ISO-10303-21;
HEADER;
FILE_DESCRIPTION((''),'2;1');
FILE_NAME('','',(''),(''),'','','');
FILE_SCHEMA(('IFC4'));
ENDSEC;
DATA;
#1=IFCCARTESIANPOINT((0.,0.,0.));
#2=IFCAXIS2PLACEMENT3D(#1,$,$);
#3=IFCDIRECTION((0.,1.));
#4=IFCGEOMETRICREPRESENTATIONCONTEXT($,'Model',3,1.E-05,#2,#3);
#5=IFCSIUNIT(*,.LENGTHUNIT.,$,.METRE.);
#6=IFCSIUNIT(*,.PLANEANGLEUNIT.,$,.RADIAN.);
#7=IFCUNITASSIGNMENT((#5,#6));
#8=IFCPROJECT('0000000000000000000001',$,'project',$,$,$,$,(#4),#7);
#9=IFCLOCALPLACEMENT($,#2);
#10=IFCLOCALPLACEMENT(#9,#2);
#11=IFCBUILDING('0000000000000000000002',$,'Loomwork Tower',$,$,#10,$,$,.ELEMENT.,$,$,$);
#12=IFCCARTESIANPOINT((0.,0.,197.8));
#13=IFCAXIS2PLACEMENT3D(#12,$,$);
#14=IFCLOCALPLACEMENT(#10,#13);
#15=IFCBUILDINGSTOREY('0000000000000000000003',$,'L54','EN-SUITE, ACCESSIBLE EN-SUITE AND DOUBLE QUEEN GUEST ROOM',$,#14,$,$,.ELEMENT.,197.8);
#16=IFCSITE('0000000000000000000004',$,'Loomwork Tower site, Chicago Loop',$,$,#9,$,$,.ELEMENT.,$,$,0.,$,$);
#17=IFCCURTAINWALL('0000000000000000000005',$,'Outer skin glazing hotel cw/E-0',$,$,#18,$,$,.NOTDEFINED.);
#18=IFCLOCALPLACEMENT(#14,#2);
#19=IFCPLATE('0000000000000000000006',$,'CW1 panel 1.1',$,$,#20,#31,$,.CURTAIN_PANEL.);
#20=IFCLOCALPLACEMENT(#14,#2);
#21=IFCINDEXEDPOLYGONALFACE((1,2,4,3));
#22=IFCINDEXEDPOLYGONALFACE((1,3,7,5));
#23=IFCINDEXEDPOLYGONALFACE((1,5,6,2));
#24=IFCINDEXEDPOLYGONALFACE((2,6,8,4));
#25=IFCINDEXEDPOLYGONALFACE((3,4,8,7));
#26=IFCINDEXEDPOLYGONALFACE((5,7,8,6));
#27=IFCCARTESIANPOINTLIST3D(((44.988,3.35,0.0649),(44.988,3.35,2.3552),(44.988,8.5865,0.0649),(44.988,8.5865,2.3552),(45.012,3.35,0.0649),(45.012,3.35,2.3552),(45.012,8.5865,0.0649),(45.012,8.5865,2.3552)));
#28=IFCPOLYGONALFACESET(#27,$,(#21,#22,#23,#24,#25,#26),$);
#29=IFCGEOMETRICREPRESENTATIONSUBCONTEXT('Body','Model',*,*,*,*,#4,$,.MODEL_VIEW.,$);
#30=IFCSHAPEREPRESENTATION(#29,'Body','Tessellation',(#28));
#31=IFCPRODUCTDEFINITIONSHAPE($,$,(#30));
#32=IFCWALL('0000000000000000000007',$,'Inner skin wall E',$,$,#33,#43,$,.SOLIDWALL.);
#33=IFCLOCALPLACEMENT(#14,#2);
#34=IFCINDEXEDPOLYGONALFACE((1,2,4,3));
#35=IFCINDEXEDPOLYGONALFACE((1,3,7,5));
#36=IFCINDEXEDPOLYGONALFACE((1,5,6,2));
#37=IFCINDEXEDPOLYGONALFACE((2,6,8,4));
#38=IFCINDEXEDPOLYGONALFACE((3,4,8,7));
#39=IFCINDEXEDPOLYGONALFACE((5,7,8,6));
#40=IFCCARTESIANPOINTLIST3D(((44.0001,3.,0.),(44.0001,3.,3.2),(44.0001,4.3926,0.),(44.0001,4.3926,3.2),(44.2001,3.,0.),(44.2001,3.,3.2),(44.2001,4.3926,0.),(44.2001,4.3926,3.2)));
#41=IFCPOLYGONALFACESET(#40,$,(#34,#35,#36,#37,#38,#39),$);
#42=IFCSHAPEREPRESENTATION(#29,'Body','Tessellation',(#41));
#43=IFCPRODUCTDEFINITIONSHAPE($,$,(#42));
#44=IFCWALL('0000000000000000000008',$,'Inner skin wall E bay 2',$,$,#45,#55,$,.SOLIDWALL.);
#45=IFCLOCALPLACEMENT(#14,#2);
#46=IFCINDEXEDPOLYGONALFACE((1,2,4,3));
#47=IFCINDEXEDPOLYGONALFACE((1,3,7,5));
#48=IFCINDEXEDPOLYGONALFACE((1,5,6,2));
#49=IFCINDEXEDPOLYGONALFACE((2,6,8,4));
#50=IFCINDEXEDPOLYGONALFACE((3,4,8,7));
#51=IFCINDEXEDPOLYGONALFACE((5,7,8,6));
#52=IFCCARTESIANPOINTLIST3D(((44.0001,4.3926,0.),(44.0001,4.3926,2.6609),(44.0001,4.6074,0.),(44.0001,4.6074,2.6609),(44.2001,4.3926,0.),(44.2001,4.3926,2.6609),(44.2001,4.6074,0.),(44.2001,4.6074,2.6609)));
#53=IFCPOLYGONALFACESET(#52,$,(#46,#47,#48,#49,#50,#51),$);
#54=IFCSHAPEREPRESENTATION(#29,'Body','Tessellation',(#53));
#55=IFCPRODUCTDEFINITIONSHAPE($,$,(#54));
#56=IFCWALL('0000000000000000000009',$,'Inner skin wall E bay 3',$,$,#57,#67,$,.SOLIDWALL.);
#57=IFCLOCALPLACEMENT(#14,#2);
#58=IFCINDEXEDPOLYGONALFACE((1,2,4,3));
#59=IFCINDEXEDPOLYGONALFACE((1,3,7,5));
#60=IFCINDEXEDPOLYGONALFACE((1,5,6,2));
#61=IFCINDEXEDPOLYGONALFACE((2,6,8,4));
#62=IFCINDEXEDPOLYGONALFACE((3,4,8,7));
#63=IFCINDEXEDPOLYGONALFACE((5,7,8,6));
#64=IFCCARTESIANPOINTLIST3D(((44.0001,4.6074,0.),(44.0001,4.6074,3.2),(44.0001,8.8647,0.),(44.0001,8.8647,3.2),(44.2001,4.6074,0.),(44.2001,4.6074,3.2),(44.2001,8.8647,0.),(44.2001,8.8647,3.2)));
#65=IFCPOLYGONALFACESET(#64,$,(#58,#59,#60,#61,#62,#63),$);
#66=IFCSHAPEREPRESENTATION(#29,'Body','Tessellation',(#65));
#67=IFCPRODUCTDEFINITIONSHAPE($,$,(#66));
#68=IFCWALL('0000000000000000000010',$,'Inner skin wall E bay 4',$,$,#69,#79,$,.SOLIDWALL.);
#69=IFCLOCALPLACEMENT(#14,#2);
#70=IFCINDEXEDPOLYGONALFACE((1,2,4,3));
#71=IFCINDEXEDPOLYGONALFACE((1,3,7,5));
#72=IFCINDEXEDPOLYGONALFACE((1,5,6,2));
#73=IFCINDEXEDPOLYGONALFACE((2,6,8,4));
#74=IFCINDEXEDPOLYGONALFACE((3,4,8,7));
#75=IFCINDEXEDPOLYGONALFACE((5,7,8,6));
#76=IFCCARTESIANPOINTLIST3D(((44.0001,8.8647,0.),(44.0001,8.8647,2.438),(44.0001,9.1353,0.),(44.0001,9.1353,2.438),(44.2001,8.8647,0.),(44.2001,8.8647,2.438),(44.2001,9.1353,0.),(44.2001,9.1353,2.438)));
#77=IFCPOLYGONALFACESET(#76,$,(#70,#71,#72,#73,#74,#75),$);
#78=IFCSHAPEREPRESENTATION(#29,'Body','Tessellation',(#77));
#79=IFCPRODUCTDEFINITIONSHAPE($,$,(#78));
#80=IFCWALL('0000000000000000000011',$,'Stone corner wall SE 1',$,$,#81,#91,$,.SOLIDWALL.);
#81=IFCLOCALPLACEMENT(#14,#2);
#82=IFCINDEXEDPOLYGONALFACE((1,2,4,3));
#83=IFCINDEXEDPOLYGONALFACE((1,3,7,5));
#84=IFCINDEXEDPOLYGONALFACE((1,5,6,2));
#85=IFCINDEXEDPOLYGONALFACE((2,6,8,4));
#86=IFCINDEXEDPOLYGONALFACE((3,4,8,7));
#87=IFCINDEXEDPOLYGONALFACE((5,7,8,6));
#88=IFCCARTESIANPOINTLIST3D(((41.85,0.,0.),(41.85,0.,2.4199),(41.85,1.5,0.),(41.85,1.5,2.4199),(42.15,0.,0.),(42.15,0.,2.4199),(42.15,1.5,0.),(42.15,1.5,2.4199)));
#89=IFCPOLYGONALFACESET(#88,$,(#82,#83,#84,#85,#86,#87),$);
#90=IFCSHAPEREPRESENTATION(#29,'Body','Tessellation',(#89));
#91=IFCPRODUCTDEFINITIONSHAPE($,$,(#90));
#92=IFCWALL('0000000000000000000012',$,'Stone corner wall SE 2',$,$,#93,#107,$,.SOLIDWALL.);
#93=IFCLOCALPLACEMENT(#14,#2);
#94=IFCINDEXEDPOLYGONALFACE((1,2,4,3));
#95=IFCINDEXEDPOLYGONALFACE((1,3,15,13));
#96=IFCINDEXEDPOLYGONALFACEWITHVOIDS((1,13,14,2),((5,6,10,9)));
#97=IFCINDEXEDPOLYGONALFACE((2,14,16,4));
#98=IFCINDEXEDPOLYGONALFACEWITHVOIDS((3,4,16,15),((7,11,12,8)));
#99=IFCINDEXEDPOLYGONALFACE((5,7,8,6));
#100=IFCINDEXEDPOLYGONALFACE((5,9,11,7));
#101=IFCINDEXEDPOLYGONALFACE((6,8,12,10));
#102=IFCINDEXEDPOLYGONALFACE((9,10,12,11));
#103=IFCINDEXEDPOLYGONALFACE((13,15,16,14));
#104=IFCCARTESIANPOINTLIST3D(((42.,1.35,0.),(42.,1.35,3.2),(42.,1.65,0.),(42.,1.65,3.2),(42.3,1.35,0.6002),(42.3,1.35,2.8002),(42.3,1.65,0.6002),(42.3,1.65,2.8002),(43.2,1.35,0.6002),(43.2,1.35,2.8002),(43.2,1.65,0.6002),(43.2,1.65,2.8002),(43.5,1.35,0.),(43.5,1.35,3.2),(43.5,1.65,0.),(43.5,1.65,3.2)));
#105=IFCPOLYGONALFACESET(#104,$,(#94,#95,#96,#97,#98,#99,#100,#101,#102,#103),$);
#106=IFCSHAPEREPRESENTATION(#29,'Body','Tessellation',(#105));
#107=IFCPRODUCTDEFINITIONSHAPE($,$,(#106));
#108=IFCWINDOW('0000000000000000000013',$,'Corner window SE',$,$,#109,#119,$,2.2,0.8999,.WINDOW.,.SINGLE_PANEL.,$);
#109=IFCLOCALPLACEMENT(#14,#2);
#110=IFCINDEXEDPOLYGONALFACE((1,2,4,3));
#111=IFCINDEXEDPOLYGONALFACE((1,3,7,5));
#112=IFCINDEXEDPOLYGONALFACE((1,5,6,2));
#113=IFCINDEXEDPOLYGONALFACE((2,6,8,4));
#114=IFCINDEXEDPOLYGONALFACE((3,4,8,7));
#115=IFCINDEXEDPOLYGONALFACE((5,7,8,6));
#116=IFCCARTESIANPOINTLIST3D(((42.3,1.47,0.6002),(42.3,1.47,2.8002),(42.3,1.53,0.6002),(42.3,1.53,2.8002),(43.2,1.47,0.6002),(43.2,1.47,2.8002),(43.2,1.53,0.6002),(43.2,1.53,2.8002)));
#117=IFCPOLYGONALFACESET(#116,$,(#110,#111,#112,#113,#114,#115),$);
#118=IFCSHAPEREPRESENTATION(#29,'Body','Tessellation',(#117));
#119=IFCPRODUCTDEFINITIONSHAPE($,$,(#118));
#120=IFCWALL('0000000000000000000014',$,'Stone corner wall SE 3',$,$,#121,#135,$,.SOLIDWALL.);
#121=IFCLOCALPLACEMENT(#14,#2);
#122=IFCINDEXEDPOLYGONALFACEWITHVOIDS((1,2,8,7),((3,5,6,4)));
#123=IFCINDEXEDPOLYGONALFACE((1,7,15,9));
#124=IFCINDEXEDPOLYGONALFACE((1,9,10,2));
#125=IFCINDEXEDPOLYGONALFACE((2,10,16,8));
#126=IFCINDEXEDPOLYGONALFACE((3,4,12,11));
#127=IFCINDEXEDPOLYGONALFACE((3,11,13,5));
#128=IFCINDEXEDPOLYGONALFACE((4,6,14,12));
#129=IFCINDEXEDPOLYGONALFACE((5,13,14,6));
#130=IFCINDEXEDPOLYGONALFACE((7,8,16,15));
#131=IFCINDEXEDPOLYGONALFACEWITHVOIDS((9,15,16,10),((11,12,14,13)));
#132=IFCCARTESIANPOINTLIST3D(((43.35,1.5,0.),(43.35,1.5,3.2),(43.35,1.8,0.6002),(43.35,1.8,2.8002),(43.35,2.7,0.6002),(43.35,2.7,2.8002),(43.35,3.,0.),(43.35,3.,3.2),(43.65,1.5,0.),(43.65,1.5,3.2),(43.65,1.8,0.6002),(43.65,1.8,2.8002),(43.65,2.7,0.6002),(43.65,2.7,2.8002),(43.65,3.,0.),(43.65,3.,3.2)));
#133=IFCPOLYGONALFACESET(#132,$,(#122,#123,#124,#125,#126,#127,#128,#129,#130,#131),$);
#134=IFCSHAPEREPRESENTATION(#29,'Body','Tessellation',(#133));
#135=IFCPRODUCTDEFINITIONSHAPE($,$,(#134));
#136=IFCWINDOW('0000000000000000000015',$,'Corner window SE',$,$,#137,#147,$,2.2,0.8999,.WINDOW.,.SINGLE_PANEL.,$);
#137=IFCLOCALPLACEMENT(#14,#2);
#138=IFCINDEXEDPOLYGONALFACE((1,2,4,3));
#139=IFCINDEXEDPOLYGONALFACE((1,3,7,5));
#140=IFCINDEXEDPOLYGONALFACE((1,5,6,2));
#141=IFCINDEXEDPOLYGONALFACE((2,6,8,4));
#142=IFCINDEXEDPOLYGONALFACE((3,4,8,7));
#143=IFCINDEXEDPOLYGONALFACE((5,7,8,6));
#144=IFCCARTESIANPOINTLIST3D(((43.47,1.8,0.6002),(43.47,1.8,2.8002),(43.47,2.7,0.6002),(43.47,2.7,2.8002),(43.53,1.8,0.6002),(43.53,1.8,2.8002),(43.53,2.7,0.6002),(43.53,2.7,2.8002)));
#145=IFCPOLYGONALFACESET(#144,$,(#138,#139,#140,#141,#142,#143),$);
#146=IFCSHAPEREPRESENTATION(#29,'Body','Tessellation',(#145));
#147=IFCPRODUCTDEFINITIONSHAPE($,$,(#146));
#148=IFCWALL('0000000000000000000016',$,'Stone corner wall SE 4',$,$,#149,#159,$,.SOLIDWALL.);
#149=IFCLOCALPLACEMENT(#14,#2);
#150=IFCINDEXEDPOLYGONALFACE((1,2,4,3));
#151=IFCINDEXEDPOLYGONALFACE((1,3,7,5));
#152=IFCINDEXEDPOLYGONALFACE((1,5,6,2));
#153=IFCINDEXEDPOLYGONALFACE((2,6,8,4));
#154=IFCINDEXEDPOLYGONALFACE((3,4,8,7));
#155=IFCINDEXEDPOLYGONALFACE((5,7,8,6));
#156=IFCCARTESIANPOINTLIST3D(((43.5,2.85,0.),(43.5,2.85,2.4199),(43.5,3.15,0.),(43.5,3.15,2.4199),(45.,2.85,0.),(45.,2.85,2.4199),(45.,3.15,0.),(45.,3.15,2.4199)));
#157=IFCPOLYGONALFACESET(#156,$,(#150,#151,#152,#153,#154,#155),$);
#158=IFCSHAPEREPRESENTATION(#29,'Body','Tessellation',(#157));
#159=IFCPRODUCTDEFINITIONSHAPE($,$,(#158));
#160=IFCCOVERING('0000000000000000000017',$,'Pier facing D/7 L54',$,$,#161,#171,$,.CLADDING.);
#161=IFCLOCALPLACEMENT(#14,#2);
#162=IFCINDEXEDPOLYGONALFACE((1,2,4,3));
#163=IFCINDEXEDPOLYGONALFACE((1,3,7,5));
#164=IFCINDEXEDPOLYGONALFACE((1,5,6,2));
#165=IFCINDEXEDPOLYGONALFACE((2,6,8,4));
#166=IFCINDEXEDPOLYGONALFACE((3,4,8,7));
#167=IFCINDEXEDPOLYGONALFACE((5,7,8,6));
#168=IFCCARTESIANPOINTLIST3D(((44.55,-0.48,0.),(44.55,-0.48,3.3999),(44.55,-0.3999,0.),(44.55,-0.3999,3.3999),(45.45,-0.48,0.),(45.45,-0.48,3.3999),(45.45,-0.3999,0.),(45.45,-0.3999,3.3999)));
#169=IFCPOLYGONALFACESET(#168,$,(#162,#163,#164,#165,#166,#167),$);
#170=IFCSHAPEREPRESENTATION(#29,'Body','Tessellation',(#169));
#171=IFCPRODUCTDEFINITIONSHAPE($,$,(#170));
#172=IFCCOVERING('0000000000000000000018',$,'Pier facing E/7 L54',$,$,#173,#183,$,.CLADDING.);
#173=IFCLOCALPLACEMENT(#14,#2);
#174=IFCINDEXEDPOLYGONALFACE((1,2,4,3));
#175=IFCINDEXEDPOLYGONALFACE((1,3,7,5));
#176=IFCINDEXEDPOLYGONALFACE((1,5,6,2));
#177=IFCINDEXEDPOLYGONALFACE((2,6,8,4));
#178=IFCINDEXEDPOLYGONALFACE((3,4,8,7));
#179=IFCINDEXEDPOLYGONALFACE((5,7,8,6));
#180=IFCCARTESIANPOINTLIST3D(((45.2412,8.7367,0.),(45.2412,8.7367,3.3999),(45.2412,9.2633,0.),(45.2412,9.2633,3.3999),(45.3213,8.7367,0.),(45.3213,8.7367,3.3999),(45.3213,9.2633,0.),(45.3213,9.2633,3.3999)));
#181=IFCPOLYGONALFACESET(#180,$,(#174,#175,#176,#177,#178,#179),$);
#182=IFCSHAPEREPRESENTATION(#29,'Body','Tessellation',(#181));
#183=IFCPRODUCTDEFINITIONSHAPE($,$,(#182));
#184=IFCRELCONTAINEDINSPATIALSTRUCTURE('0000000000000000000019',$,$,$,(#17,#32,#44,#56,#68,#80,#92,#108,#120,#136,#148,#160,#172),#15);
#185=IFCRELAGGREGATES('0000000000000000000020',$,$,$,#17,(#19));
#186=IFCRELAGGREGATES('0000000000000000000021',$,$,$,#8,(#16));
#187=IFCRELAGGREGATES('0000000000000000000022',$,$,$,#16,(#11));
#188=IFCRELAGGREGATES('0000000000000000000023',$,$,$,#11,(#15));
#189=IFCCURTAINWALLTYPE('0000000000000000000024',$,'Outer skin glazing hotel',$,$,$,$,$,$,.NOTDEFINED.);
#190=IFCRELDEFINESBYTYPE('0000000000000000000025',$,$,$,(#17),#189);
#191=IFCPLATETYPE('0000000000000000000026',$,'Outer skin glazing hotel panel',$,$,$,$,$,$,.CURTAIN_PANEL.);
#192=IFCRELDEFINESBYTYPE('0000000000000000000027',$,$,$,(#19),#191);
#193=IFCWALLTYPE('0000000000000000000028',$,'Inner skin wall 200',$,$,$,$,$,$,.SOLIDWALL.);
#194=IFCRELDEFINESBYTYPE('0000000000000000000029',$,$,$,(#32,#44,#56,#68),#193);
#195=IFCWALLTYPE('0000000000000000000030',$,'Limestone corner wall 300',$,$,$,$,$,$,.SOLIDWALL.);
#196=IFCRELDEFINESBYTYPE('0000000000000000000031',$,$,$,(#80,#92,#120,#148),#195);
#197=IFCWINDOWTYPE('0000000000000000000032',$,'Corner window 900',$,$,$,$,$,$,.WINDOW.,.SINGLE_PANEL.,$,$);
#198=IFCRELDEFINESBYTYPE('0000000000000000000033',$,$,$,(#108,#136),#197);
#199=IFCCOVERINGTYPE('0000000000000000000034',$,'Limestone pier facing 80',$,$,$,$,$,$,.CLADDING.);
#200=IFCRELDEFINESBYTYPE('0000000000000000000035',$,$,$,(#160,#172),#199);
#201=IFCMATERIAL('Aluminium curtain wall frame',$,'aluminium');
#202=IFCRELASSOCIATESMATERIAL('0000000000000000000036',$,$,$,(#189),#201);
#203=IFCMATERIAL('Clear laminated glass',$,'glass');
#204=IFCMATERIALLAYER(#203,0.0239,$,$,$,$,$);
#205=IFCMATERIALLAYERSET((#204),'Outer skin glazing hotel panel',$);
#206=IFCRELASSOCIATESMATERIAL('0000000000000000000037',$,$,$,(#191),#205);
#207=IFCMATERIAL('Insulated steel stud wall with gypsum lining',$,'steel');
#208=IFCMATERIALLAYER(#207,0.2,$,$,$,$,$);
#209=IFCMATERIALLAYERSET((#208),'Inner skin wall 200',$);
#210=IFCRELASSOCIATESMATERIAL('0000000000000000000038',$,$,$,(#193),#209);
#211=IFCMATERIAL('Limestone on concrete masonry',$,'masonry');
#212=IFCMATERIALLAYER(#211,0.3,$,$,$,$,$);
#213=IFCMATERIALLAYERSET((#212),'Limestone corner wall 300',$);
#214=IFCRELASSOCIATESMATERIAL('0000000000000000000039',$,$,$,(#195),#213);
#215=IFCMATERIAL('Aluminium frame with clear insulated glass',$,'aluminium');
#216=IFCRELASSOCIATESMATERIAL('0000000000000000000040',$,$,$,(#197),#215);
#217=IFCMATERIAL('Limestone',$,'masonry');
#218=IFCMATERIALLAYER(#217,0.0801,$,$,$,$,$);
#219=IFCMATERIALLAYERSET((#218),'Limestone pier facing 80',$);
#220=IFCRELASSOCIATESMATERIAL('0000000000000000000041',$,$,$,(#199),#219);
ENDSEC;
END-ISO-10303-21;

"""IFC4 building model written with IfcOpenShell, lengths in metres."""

from ifc_helpers import new_model, si_unit, direction, frame, frame_2d, origin, origin_2d, place, context, subcontext, project, spatial, rectangle, extrude, material, layer, layer_set, type_object, element, fill, aggregate, save


model = new_model("IFC4")

# Units and contexts
model_context = context("Model", 3, precision=1e-05, world=origin(), true_north=direction((0.0, 1.0)))
body_context = subcontext(model_context, "Body", "Model", "MODEL_VIEW")
ifc_project = project(units=[si_unit("LENGTHUNIT", "METRE"), si_unit("PLANEANGLEUNIT", "RADIAN")], contexts=[model_context])

# Site, building, storey
site_placement = place(None, origin())
site = spatial("IfcSite", under=ifc_project, at=site_placement, Name="Loomwork Tower site, Chicago Loop", CompositionType="ELEMENT", RefElevation=0.0)
building_placement = place(site_placement, origin())
building = spatial("IfcBuilding", under=site, at=building_placement, Name="Loomwork Tower", CompositionType="ELEMENT")
storey_placement = place(building_placement, frame((0.0, 0.0, 197.8)))
storey = spatial("IfcBuildingStorey", under=building, at=storey_placement, Name="L54", Description="EN-SUITE, ACCESSIBLE EN-SUITE AND DOUBLE QUEEN GUEST ROOM", CompositionType="ELEMENT", Elevation=197.8)

# Shared definitions
ifc_material_1 = material(Name="Aluminium curtain wall frame", Category="aluminium")
curtain_wall_type = type_object("IfcCurtainWallType", Name="Outer skin glazing hotel", PredefinedType="NOTDEFINED", material=ifc_material_1)

# Curtain wall
curtain_wall_1_placement = place(storey_placement, origin())
curtain_wall_1 = element("IfcCurtainWall", 1, at=curtain_wall_1_placement, inside=storey, type_object=curtain_wall_type, Name="Outer skin glazing hotel cw/E-0", PredefinedType="NOTDEFINED")

# Plate
ifc_material_2 = material(Name="Clear laminated glass", Category="glass")
ifc_layer_1 = layer(ifc_material_2, 0.0239)
ifc_layer_set_1 = layer_set([ifc_layer_1], Name="Outer skin glazing hotel panel")
plate_type = type_object("IfcPlateType", Name="Outer skin glazing hotel panel", PredefinedType="CURTAIN_PANEL", material=ifc_layer_set_1)
plate_placement = place(storey_placement, frame((45.0, 5.9683, 0.0649), z_axis=(0.0, 0.0, 1.0), x_axis=(0.0, 1.0, 0.0)))
plate = element("IfcPlate", 2, at=plate_placement, type_object=plate_type, Name="CW1 panel 1.1", PredefinedType="CURTAIN_PANEL", context=body_context, shape_type="SweptSolid", body=[
    extrude(rectangle(XDim=5.2366, YDim=0.0239, at=origin_2d()), origin(), (0.0, 0.0, 1.0), 2.2903),
])
aggregate(curtain_wall_1, [plate])

# Walls
ifc_material_3 = material(Name="Insulated steel stud wall with gypsum lining", Category="steel")
ifc_layer_2 = layer(ifc_material_3, 0.2)
ifc_layer_set_2 = layer_set([ifc_layer_2], Name="Inner skin wall 200")
wall_type_1 = type_object("IfcWallType", Name="Inner skin wall 200", PredefinedType="SOLIDWALL", material=ifc_layer_set_2)
wall_1_placement = place(storey_placement, frame((44.1001, 3.0, 0.0), z_axis=(0.0, 0.0, 1.0), x_axis=(0.0, 1.0, 0.0)))
element("IfcWall", 3, at=wall_1_placement, inside=storey, type_object=wall_type_1, Name="Inner skin wall E", PredefinedType="SOLIDWALL", context=body_context, shape_type="SweptSolid", body=[
    extrude(rectangle(XDim=1.3926, YDim=0.2, at=frame_2d((0.6963, 0.0))), origin(), (0.0, 0.0, 1.0), 3.2),
])
wall_2_placement = place(storey_placement, frame((44.1001, 4.3926, 0.0), z_axis=(0.0, 0.0, 1.0), x_axis=(0.0, 1.0, 0.0)))
element("IfcWall", 4, at=wall_2_placement, inside=storey, type_object=wall_type_1, Name="Inner skin wall E bay 2", PredefinedType="SOLIDWALL", context=body_context, shape_type="SweptSolid", body=[
    extrude(rectangle(XDim=0.2148, YDim=0.2, at=frame_2d((0.1074, 0.0))), origin(), (0.0, 0.0, 1.0), 2.6609),
])
wall_3_placement = place(storey_placement, frame((44.1001, 4.6074, 0.0), z_axis=(0.0, 0.0, 1.0), x_axis=(0.0, 1.0, 0.0)))
element("IfcWall", 5, at=wall_3_placement, inside=storey, type_object=wall_type_1, Name="Inner skin wall E bay 3", PredefinedType="SOLIDWALL", context=body_context, shape_type="SweptSolid", body=[
    extrude(rectangle(XDim=4.2573, YDim=0.2, at=frame_2d((2.1287, 0.0))), origin(), (0.0, 0.0, 1.0), 3.2),
])
wall_4_placement = place(storey_placement, frame((44.1001, 8.8647, 0.0), z_axis=(0.0, 0.0, 1.0), x_axis=(0.0, 1.0, 0.0)))
element("IfcWall", 6, at=wall_4_placement, inside=storey, type_object=wall_type_1, Name="Inner skin wall E bay 4", PredefinedType="SOLIDWALL", context=body_context, shape_type="SweptSolid", body=[
    extrude(rectangle(XDim=0.2705, YDim=0.2, at=frame_2d((0.1353, 0.0))), origin(), (0.0, 0.0, 1.0), 2.438),
])
ifc_material_4 = material(Name="Limestone on concrete masonry", Category="masonry")
ifc_layer_3 = layer(ifc_material_4, 0.3)
ifc_layer_set_3 = layer_set([ifc_layer_3], Name="Limestone corner wall 300")
wall_type_2 = type_object("IfcWallType", Name="Limestone corner wall 300", PredefinedType="SOLIDWALL", material=ifc_layer_set_3)
wall_5_placement = place(storey_placement, frame((42.0, 0.0, 0.0), z_axis=(0.0, 0.0, 1.0), x_axis=(0.0, 1.0, 0.0)))
element("IfcWall", 7, at=wall_5_placement, inside=storey, type_object=wall_type_2, Name="Stone corner wall SE 1", PredefinedType="SOLIDWALL", context=body_context, shape_type="SweptSolid", body=[
    extrude(rectangle(XDim=1.5, YDim=0.3, at=frame_2d((0.75, 0.0))), origin(), (0.0, 0.0, 1.0), 2.4199),
])

# Walls, openings, windows
wall_6_placement = place(storey_placement, frame((42.0, 1.5, 0.0), z_axis=(0.0, 0.0, 1.0), x_axis=(1.0, 0.0, 0.0)))
wall_6 = element("IfcWall", 8, at=wall_6_placement, inside=storey, type_object=wall_type_2, Name="Stone corner wall SE 2", PredefinedType="SOLIDWALL", context=body_context, shape_type="SweptSolid", body=[
    extrude(rectangle(XDim=1.5, YDim=0.3, at=frame_2d((0.75, 0.0))), origin(), (0.0, 0.0, 1.0), 3.2),
])
opening_1_placement = place(wall_6_placement, frame((0.3, 0.0, 0.6001)))
opening_1 = element("IfcOpeningElement", 9, at=opening_1_placement, cuts=wall_6, PredefinedType="OPENING", context=body_context, shape_type="SweptSolid", body=[
    extrude(rectangle(XDim=0.8999, YDim=2.2, at=frame_2d((0.45, 1.1001))), frame((0.0, 0.1599, 0.0), z_axis=(0.0, -1.0, 0.0), x_axis=(1.0, 0.0, 0.0)), (0.0, 0.0, 1.0), 0.3201),
])
ifc_material_5 = material(Name="Aluminium frame with clear insulated glass", Category="aluminium")
window_type = type_object("IfcWindowType", Name="Corner window 900", PartitioningType="SINGLE_PANEL", PredefinedType="WINDOW", material=ifc_material_5)
window_1_placement = place(opening_1_placement, origin())
window_1 = element("IfcWindow", 10, at=window_1_placement, inside=storey, type_object=window_type, Name="Corner window SE", OverallHeight=2.2, OverallWidth=0.8999, PartitioningType="SINGLE_PANEL", PredefinedType="WINDOW", context=body_context, shape_type="SweptSolid", body=[
    extrude(rectangle(XDim=0.8999, YDim=2.2, at=frame_2d((0.45, 1.1001))), frame((0.0, 0.03, 0.0), z_axis=(0.0, -1.0, 0.0), x_axis=(1.0, 0.0, 0.0)), (0.0, 0.0, 1.0), 0.0601),
])
fill(opening_1, window_1)
wall_7_placement = place(storey_placement, frame((43.5, 1.5, 0.0), z_axis=(0.0, 0.0, 1.0), x_axis=(0.0, 1.0, 0.0)))
wall_7 = element("IfcWall", 11, at=wall_7_placement, inside=storey, type_object=wall_type_2, Name="Stone corner wall SE 3", PredefinedType="SOLIDWALL", context=body_context, shape_type="SweptSolid", body=[
    extrude(rectangle(XDim=1.5, YDim=0.3, at=frame_2d((0.75, 0.0))), origin(), (0.0, 0.0, 1.0), 3.2),
])
opening_2_placement = place(wall_7_placement, frame((0.3, 0.0, 0.6001)))
opening_2 = element("IfcOpeningElement", 12, at=opening_2_placement, cuts=wall_7, PredefinedType="OPENING", context=body_context, shape_type="SweptSolid", body=[
    extrude(rectangle(XDim=0.8999, YDim=2.2, at=frame_2d((0.45, 1.1001))), frame((0.0, 0.1599, 0.0), z_axis=(0.0, -1.0, 0.0), x_axis=(1.0, 0.0, 0.0)), (0.0, 0.0, 1.0), 0.3201),
])
window_2_placement = place(opening_2_placement, origin())
window_2 = element("IfcWindow", 13, at=window_2_placement, inside=storey, type_object=window_type, Name="Corner window SE", OverallHeight=2.2, OverallWidth=0.8999, PartitioningType="SINGLE_PANEL", PredefinedType="WINDOW", context=body_context, shape_type="SweptSolid", body=[
    extrude(rectangle(XDim=0.8999, YDim=2.2, at=frame_2d((0.45, 1.1001))), frame((0.0, 0.03, 0.0), z_axis=(0.0, -1.0, 0.0), x_axis=(1.0, 0.0, 0.0)), (0.0, 0.0, 1.0), 0.0601),
])
fill(opening_2, window_2)

# Wall
wall_8_placement = place(storey_placement, frame((43.5, 3.0, 0.0), z_axis=(0.0, 0.0, 1.0), x_axis=(1.0, 0.0, 0.0)))
element("IfcWall", 14, at=wall_8_placement, inside=storey, type_object=wall_type_2, Name="Stone corner wall SE 4", PredefinedType="SOLIDWALL", context=body_context, shape_type="SweptSolid", body=[
    extrude(rectangle(XDim=1.5, YDim=0.3, at=frame_2d((0.75, 0.0))), origin(), (0.0, 0.0, 1.0), 2.4199),
])

# Coverings
ifc_material_6 = material(Name="Limestone", Category="masonry")
ifc_layer_4 = layer(ifc_material_6, 0.0801)
ifc_layer_set_4 = layer_set([ifc_layer_4], Name="Limestone pier facing 80")
covering_type = type_object("IfcCoveringType", Name="Limestone pier facing 80", PredefinedType="CLADDING", material=ifc_layer_set_4)
covering_1_placement = place(storey_placement, frame((45.0, -0.4399, 0.0), z_axis=(0.0, 0.0, 1.0), x_axis=(1.0, 0.0, 0.0)))
element("IfcCovering", 15, at=covering_1_placement, inside=storey, type_object=covering_type, Name="Pier facing D/7 L54", PredefinedType="CLADDING", context=body_context, shape_type="SweptSolid", body=[
    extrude(rectangle(XDim=0.8999, YDim=0.0801, at=origin_2d()), origin(), (0.0, 0.0, 1.0), 3.3999),
])
covering_2_placement = place(storey_placement, frame((45.2812, 9.0, 0.0), z_axis=(0.0, 0.0, 1.0), x_axis=(1.0, 0.0, 0.0)))
element("IfcCovering", 16, at=covering_2_placement, inside=storey, type_object=covering_type, Name="Pier facing E/7 L54", PredefinedType="CLADDING", context=body_context, shape_type="SweptSolid", body=[
    extrude(rectangle(XDim=0.0801, YDim=0.5266, at=origin_2d()), origin(), (0.0, 0.0, 1.0), 3.3999),
])

save(model, "model.ifc")
